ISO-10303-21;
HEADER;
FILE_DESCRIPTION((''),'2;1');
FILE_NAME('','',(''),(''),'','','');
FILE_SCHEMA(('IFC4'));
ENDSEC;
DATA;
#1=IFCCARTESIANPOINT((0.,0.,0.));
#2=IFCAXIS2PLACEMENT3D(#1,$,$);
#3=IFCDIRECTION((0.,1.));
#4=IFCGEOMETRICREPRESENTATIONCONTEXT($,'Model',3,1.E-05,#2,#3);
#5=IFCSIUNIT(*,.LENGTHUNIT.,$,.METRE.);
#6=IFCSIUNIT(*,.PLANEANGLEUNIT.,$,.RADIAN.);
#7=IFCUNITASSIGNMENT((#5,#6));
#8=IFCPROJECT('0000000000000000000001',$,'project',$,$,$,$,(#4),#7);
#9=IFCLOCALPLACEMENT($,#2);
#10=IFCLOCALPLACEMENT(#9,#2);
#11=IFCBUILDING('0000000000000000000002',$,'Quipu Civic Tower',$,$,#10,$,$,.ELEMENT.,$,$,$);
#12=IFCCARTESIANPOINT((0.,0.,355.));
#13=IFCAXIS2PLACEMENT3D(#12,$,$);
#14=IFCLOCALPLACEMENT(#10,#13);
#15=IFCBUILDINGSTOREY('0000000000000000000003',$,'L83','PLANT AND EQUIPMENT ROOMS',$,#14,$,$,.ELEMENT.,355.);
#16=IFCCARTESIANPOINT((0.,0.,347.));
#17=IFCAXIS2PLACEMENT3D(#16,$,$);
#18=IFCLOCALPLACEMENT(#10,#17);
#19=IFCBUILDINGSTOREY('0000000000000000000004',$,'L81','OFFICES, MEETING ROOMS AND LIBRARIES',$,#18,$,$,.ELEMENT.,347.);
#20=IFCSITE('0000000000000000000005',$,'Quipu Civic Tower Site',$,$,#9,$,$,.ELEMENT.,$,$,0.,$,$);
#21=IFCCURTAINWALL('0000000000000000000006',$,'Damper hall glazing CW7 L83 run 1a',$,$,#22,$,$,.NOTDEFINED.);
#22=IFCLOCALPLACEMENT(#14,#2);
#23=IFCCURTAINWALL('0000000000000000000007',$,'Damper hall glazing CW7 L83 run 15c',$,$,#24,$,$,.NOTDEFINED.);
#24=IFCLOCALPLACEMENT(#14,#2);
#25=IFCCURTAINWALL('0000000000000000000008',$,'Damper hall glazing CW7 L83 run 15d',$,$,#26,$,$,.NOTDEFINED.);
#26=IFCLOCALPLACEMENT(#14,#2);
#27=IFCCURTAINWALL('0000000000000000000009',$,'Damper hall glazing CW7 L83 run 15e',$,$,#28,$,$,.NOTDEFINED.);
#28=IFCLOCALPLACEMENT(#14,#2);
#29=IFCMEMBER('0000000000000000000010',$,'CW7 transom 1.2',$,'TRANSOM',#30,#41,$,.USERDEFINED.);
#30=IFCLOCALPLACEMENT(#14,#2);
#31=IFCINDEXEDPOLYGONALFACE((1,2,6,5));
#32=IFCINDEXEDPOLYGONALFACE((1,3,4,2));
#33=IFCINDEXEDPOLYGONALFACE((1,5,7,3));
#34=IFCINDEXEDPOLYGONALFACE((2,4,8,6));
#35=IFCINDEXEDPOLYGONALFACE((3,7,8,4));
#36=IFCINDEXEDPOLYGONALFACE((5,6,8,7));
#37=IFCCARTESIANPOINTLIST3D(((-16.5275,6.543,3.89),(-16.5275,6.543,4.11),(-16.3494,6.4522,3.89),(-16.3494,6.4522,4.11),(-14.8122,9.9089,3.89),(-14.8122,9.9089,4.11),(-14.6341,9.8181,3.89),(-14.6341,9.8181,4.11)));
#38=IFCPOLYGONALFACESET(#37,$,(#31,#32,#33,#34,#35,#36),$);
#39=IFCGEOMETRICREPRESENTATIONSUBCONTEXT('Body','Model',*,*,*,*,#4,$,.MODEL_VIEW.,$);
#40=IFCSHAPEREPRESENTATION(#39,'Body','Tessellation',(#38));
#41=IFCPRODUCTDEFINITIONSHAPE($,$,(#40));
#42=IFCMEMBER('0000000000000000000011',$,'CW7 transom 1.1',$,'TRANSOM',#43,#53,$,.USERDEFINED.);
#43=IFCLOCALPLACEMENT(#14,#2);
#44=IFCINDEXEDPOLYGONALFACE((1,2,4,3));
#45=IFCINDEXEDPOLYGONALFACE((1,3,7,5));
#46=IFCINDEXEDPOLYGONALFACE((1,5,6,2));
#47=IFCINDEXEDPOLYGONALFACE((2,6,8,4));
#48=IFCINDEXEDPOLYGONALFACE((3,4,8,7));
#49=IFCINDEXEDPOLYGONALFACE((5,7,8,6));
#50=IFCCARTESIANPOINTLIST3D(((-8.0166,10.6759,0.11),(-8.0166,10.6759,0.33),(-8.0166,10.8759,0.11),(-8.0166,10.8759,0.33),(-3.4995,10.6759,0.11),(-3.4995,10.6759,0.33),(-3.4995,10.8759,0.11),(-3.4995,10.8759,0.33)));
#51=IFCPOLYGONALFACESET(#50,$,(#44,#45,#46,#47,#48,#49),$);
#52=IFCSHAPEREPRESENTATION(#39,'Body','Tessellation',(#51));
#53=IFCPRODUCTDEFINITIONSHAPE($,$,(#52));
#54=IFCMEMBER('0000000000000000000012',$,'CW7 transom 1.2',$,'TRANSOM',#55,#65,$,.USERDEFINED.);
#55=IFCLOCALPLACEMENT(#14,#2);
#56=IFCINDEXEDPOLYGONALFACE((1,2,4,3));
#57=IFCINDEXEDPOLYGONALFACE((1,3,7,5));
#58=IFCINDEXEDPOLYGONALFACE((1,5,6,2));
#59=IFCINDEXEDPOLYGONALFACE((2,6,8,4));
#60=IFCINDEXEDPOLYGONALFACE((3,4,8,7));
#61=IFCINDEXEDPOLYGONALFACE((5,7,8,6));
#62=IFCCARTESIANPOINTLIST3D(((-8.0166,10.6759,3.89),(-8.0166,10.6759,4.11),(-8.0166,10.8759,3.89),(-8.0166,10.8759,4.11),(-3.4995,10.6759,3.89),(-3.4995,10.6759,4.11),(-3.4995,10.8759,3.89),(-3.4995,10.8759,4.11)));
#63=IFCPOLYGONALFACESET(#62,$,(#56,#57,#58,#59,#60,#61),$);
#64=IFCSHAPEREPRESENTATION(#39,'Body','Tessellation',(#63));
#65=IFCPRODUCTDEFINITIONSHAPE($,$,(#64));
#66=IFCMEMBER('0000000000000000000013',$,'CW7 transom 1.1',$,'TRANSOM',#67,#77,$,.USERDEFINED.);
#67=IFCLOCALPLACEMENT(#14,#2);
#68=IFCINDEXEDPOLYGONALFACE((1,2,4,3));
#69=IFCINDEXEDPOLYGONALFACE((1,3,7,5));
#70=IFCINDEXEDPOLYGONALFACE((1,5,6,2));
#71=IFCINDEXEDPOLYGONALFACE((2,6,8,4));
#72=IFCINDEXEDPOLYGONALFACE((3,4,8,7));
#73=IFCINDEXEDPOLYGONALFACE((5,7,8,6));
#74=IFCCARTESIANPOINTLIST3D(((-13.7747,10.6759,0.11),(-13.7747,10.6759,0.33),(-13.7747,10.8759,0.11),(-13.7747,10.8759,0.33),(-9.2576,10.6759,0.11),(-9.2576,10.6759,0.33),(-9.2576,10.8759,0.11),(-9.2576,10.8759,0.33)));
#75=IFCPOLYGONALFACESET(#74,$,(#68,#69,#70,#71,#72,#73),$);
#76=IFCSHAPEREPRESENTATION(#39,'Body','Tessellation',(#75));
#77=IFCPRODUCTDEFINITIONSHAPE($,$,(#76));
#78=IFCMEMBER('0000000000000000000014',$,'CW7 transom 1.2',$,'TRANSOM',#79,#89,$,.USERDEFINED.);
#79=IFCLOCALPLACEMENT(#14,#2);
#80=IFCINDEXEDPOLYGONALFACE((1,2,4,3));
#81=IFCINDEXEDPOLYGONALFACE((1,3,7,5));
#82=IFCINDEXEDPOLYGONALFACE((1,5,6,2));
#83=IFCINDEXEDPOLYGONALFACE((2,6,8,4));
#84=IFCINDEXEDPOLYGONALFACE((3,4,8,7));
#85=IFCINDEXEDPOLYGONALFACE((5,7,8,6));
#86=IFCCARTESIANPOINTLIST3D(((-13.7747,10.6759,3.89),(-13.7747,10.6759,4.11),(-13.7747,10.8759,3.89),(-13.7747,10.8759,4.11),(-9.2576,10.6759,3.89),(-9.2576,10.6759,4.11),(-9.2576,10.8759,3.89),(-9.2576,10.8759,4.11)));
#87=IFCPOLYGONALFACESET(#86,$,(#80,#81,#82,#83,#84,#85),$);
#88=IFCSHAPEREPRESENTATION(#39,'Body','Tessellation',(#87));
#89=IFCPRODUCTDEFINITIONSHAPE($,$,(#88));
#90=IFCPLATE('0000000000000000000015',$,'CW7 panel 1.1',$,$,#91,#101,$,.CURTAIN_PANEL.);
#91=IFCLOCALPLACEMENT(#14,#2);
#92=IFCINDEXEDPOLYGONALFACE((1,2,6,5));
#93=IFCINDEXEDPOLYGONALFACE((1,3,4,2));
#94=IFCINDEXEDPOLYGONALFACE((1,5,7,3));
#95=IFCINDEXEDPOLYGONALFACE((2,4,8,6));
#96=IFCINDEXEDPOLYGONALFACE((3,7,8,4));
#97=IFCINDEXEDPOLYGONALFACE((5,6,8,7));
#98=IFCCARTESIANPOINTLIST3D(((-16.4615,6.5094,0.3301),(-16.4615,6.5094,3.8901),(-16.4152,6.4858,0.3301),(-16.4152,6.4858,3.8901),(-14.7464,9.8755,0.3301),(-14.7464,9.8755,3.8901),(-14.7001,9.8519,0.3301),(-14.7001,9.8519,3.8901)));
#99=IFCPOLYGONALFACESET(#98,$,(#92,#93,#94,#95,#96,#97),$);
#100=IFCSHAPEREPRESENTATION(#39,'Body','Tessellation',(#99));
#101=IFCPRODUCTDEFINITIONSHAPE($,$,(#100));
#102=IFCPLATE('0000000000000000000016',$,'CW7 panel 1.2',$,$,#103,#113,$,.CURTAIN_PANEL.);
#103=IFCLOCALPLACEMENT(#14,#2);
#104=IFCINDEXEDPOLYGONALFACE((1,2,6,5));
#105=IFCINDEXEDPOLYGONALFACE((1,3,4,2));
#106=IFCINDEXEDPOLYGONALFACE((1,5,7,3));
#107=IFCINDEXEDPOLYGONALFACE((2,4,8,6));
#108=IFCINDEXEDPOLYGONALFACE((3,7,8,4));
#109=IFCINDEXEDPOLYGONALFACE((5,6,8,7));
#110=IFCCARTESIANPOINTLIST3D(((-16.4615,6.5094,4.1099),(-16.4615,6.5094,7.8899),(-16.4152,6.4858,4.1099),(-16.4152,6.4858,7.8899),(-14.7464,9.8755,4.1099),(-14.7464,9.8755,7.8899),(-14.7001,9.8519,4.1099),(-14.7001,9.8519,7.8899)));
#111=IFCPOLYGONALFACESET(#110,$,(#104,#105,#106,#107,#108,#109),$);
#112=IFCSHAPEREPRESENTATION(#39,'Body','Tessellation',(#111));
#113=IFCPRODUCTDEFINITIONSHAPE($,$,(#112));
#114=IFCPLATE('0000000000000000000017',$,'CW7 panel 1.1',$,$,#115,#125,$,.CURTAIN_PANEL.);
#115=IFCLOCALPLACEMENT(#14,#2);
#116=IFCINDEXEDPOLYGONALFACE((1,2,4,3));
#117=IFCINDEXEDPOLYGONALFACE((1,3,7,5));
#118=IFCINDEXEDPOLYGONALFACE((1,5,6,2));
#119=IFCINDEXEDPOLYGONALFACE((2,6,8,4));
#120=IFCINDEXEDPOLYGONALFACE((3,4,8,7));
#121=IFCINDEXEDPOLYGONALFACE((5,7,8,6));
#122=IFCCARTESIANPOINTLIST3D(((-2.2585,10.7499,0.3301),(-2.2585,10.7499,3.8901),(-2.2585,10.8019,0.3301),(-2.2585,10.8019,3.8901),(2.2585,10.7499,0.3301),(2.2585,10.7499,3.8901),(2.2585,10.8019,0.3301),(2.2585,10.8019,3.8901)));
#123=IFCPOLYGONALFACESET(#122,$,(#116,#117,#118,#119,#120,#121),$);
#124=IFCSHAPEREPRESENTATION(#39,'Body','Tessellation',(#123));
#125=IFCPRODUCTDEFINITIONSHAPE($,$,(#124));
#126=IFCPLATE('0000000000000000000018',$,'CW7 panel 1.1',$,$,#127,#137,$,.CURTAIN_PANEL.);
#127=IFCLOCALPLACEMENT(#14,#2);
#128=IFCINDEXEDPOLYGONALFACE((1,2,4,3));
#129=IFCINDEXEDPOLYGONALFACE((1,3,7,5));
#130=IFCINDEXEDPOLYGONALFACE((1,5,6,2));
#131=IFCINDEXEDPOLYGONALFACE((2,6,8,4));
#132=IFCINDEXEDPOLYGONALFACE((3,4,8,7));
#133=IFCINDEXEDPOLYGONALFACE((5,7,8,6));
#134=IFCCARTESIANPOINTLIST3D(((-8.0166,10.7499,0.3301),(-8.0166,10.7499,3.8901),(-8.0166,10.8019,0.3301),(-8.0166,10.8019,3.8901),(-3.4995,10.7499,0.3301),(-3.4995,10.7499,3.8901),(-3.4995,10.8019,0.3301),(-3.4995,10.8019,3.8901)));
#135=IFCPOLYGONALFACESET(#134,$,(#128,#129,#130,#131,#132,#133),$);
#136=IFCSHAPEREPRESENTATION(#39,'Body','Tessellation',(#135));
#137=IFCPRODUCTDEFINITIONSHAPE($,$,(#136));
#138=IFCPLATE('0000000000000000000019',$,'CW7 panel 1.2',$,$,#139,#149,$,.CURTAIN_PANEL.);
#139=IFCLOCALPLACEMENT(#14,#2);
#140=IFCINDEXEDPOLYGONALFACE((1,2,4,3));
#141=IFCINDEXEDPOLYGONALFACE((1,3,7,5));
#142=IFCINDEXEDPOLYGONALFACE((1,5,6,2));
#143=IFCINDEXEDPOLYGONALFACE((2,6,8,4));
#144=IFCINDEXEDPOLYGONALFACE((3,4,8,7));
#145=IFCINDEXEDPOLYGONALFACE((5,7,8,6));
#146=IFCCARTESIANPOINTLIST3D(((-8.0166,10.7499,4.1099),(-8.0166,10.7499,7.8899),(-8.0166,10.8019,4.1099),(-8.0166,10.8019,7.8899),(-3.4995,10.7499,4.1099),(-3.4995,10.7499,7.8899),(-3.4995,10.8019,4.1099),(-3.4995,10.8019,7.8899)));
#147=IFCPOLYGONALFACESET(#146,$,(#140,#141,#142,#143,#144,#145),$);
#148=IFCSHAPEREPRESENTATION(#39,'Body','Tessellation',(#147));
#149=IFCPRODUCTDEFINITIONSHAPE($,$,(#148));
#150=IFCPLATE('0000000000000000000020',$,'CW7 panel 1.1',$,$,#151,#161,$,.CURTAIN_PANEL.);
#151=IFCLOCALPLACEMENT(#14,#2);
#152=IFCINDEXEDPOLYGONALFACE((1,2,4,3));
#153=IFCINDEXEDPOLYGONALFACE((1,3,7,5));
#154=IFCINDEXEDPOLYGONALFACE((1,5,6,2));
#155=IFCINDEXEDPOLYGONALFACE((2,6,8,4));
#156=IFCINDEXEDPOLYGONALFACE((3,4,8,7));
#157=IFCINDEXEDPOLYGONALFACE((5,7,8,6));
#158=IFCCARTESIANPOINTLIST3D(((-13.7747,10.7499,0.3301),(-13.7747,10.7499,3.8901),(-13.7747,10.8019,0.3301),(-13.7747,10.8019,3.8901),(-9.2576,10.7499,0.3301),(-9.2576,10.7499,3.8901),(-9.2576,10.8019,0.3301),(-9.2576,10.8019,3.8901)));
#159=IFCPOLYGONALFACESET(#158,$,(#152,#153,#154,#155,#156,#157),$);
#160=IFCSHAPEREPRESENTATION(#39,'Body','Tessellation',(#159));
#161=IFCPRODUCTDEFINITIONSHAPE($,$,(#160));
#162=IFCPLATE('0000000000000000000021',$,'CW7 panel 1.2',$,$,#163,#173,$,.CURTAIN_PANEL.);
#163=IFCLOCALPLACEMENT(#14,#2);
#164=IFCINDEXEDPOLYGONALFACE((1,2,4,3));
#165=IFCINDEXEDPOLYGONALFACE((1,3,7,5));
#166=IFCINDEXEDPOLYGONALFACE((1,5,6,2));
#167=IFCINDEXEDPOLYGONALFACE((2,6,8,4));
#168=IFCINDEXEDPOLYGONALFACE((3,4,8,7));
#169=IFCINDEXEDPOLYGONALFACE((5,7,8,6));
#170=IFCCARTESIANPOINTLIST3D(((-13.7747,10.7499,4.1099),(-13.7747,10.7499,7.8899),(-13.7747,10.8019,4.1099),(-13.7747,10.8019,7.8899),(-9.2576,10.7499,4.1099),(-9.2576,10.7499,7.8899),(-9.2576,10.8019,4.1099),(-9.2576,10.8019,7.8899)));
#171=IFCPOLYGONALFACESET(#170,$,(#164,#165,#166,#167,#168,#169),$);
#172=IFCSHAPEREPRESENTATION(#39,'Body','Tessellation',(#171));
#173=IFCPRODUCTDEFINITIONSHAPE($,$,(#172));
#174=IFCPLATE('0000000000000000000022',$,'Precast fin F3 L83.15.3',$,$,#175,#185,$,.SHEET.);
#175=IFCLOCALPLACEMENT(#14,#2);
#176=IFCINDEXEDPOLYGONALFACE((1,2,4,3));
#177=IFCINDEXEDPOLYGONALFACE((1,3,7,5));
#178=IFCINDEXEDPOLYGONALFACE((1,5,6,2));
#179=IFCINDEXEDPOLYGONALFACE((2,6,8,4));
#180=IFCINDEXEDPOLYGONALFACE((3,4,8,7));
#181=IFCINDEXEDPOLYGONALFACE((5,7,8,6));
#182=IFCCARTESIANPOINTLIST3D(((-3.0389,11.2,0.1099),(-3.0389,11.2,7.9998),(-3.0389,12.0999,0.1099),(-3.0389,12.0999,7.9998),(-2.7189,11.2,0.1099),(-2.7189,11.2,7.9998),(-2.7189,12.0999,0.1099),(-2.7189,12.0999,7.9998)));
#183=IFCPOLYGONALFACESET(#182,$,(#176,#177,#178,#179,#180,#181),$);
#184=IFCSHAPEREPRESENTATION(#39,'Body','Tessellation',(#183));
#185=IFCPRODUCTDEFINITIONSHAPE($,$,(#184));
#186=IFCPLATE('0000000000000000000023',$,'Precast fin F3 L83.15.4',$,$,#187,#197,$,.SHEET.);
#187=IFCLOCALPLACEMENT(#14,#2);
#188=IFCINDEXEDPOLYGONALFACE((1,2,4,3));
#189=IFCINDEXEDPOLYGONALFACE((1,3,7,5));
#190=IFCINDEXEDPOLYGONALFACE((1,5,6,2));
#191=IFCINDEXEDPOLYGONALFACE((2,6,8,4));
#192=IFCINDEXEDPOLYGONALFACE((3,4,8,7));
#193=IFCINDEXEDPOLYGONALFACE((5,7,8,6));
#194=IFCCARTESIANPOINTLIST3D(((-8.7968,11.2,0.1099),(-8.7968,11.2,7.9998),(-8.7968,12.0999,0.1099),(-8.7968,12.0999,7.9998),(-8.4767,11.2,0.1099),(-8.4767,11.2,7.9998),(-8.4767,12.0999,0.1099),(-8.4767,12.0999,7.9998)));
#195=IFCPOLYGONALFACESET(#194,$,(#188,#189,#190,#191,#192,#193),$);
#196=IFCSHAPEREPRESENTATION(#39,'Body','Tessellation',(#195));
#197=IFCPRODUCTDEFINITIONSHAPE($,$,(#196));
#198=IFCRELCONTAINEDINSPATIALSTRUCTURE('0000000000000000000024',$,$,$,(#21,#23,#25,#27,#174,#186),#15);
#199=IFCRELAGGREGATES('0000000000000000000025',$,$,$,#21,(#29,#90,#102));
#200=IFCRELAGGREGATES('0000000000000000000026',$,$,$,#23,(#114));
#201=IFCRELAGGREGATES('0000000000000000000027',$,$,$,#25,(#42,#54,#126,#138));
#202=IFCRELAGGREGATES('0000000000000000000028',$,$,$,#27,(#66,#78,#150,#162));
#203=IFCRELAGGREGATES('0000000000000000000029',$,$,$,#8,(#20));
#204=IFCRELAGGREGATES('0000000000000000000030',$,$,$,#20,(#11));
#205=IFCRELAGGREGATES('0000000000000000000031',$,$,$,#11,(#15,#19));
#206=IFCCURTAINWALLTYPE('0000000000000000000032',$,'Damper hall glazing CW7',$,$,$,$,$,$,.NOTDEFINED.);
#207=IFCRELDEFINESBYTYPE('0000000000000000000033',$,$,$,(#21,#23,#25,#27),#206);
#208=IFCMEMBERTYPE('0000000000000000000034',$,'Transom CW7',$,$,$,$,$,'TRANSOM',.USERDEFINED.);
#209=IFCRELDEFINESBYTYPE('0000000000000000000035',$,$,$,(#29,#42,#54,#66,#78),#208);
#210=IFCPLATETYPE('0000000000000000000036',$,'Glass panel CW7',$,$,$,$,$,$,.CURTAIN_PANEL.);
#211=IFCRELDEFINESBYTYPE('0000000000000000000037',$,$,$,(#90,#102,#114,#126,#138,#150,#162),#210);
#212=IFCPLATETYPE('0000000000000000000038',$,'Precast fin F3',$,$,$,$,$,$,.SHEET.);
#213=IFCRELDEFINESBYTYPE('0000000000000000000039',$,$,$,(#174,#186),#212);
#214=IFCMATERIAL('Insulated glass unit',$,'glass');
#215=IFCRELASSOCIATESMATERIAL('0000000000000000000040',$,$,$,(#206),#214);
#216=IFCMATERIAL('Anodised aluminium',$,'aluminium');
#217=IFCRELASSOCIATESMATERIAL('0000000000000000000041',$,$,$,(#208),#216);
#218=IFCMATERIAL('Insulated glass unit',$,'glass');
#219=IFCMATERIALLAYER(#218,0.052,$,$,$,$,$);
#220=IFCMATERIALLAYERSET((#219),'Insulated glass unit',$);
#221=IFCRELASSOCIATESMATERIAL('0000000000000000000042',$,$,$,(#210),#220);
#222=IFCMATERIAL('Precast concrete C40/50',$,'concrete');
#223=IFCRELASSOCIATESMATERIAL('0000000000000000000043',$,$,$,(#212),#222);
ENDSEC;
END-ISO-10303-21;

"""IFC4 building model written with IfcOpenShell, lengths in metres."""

from ifc_helpers import new_model, si_unit, direction, frame, origin, origin_2d, place, context, subcontext, project, spatial, rectangle, extrude, material, layer, layer_set, material_profile, profile_set, type_object, element, aggregate, save


model = new_model("IFC4")

# Units and contexts
model_context = context("Model", 3, precision=1e-05, world=origin(), true_north=direction((0.0, 1.0)))
body_context = subcontext(model_context, "Body", "Model", "MODEL_VIEW")
ifc_project = project(units=[si_unit("LENGTHUNIT", "METRE"), si_unit("PLANEANGLEUNIT", "RADIAN")], contexts=[model_context])

# Site, building, storey
site_placement = place(None, origin())
site = spatial("IfcSite", under=ifc_project, at=site_placement, Name="Quipu Civic Tower Site", CompositionType="ELEMENT", RefElevation=0.0)
building_placement = place(site_placement, origin())
building = spatial("IfcBuilding", under=site, at=building_placement, Name="Quipu Civic Tower", CompositionType="ELEMENT")
storey_1_placement = place(building_placement, frame((0.0, 0.0, 355.0)))
storey_1 = spatial("IfcBuildingStorey", under=building, at=storey_1_placement, Name="L83", Description="PLANT AND EQUIPMENT ROOMS", CompositionType="ELEMENT", Elevation=355.0)

# Curtain walls
ifc_material_1 = material(Name="Insulated glass unit", Category="glass")
curtain_wall_type_1 = type_object("IfcCurtainWallType", Name="Damper hall glazing CW7", PredefinedType="NOTDEFINED", material=ifc_material_1)
curtain_wall_1_placement = place(storey_1_placement, origin())
curtain_wall_1 = element("IfcCurtainWall", 1, at=curtain_wall_1_placement, inside=storey_1, type_object=curtain_wall_type_1, Name="Damper hall glazing CW7 L83 run 1a", PredefinedType="NOTDEFINED")
curtain_wall_2_placement = place(storey_1_placement, origin())
curtain_wall_2 = element("IfcCurtainWall", 2, at=curtain_wall_2_placement, inside=storey_1, type_object=curtain_wall_type_1, Name="Damper hall glazing CW7 L83 run 15c", PredefinedType="NOTDEFINED")

# Curtain walls
curtain_wall_3_placement = place(storey_1_placement, origin())
curtain_wall_3 = element("IfcCurtainWall", 3, at=curtain_wall_3_placement, inside=storey_1, type_object=curtain_wall_type_1, Name="Damper hall glazing CW7 L83 run 15d", PredefinedType="NOTDEFINED")
curtain_wall_4_placement = place(storey_1_placement, origin())
curtain_wall_4 = element("IfcCurtainWall", 4, at=curtain_wall_4_placement, inside=storey_1, type_object=curtain_wall_type_1, Name="Damper hall glazing CW7 L83 run 15e", PredefinedType="NOTDEFINED")

# Shared definitions
storey_2_placement = place(building_placement, frame((0.0, 0.0, 347.0)))
storey_2 = spatial("IfcBuildingStorey", under=building, at=storey_2_placement, Name="L81", Description="OFFICES, MEETING ROOMS AND LIBRARIES", CompositionType="ELEMENT", Elevation=347.0)

# Members
ifc_material_2 = material(Name="Anodised aluminium", Category="aluminium")
ifc_material_profile_1 = material_profile(ifc_material_2, rectangle(XDim=0.2, YDim=0.22, at=origin_2d()), Name="RECT 200x220")
ifc_profile_set_1 = profile_set([ifc_material_profile_1], Name="Anodised aluminium")
member_type_1 = type_object("IfcMemberType", Name="Transom CW7", ElementType="TRANSOM", PredefinedType="USERDEFINED", material=ifc_profile_set_1)
member_1_placement = place(storey_1_placement, frame((-14.7231, 9.8635, 4.0), z_axis=(-0.454051, -0.890976, 0.0), x_axis=(0.890976, -0.454051, 0.0)))
member_1 = element("IfcMember", 5, at=member_1_placement, type_object=member_type_1, Name="CW7 transom 1.2", ObjectType="TRANSOM", PredefinedType="USERDEFINED", context=body_context, shape_type="SweptSolid", body=[
    extrude(rectangle(XDim=0.2, YDim=0.22, at=origin_2d()), origin(), (0.0, 0.0, 1.0), 3.7778),
])
member_2_placement = place(storey_1_placement, frame((-3.4995, 10.7759, 0.22), z_axis=(-1.0, 0.0, 0.0), x_axis=(0.0, -1.0, 0.0)))
member_2 = element("IfcMember", 6, at=member_2_placement, type_object=member_type_1, Name="CW7 transom 1.1", ObjectType="TRANSOM", PredefinedType="USERDEFINED", context=body_context, shape_type="SweptSolid", body=[
    extrude(rectangle(XDim=0.2, YDim=0.22, at=origin_2d()), origin(), (0.0, 0.0, 1.0), 4.5171),
])
member_3_placement = place(storey_1_placement, frame((-3.4995, 10.7759, 4.0), z_axis=(-1.0, 0.0, 0.0), x_axis=(0.0, -1.0, 0.0)))
member_3 = element("IfcMember", 7, at=member_3_placement, type_object=member_type_1, Name="CW7 transom 1.2", ObjectType="TRANSOM", PredefinedType="USERDEFINED", context=body_context, shape_type="SweptSolid", body=[
    extrude(rectangle(XDim=0.2, YDim=0.22, at=origin_2d()), origin(), (0.0, 0.0, 1.0), 4.5171),
])
member_4_placement = place(storey_1_placement, frame((-9.2576, 10.7759, 0.22), z_axis=(-1.0, 0.0, 0.0), x_axis=(0.0, -1.0, 0.0)))
member_4 = element("IfcMember", 8, at=member_4_placement, type_object=member_type_1, Name="CW7 transom 1.1", ObjectType="TRANSOM", PredefinedType="USERDEFINED", context=body_context, shape_type="SweptSolid", body=[
    extrude(rectangle(XDim=0.2, YDim=0.22, at=origin_2d()), origin(), (0.0, 0.0, 1.0), 4.5171),
])
member_5_placement = place(storey_1_placement, frame((-9.2576, 10.7759, 4.0), z_axis=(-1.0, 0.0, 0.0), x_axis=(0.0, -1.0, 0.0)))
member_5 = element("IfcMember", 9, at=member_5_placement, type_object=member_type_1, Name="CW7 transom 1.2", ObjectType="TRANSOM", PredefinedType="USERDEFINED", context=body_context, shape_type="SweptSolid", body=[
    extrude(rectangle(XDim=0.2, YDim=0.22, at=origin_2d()), origin(), (0.0, 0.0, 1.0), 4.5171),
])

# Plates
ifc_material_3 = material(Name="Insulated glass unit", Category="glass")
ifc_layer = layer(ifc_material_3, 0.052)
ifc_layer_set = layer_set([ifc_layer], Name="Insulated glass unit")
plate_type_1 = type_object("IfcPlateType", Name="Glass panel CW7", PredefinedType="CURTAIN_PANEL", material=ifc_layer_set)
plate_1_placement = place(storey_1_placement, frame((-15.5808, 8.1807, 0.3301), z_axis=(0.0, 0.0, 1.0), x_axis=(-0.453996, -0.891004, 0.0)))
plate_1 = element("IfcPlate", 10, at=plate_1_placement, type_object=plate_type_1, Name="CW7 panel 1.1", PredefinedType="CURTAIN_PANEL", context=body_context, shape_type="SweptSolid", body=[
    extrude(rectangle(XDim=3.7778, YDim=0.052, at=origin_2d()), origin(), (0.0, 0.0, 1.0), 3.5601),
])
plate_2_placement = place(storey_1_placement, frame((-15.5808, 8.1807, 4.1099), z_axis=(0.0, 0.0, 1.0), x_axis=(-0.453996, -0.891004, 0.0)))
plate_2 = element("IfcPlate", 11, at=plate_2_placement, type_object=plate_type_1, Name="CW7 panel 1.2", PredefinedType="CURTAIN_PANEL", context=body_context, shape_type="SweptSolid", body=[
    extrude(rectangle(XDim=3.7778, YDim=0.052, at=origin_2d()), origin(), (0.0, 0.0, 1.0), 3.78),
])
aggregate(curtain_wall_1, [member_1, plate_1, plate_2])
plate_3_placement = place(storey_1_placement, frame((0.0, 10.7759, 0.3301), z_axis=(0.0, 0.0, 1.0), x_axis=(-1.0, 0.0, 0.0)))
plate_3 = element("IfcPlate", 12, at=plate_3_placement, type_object=plate_type_1, Name="CW7 panel 1.1", PredefinedType="CURTAIN_PANEL", context=body_context, shape_type="SweptSolid", body=[
    extrude(rectangle(XDim=4.5171, YDim=0.052, at=origin_2d()), origin(), (0.0, 0.0, 1.0), 3.5601),
])
aggregate(curtain_wall_2, [plate_3])
plate_4_placement = place(storey_1_placement, frame((-5.7581, 10.7759, 0.3301), z_axis=(0.0, 0.0, 1.0), x_axis=(-1.0, 0.0, 0.0)))
plate_4 = element("IfcPlate", 13, at=plate_4_placement, type_object=plate_type_1, Name="CW7 panel 1.1", PredefinedType="CURTAIN_PANEL", context=body_context, shape_type="SweptSolid", body=[
    extrude(rectangle(XDim=4.5171, YDim=0.052, at=origin_2d()), origin(), (0.0, 0.0, 1.0), 3.5601),
])
plate_5_placement = place(storey_1_placement, frame((-5.7581, 10.7759, 4.1099), z_axis=(0.0, 0.0, 1.0), x_axis=(-1.0, 0.0, 0.0)))
plate_5 = element("IfcPlate", 14, at=plate_5_placement, type_object=plate_type_1, Name="CW7 panel 1.2", PredefinedType="CURTAIN_PANEL", context=body_context, shape_type="SweptSolid", body=[
    extrude(rectangle(XDim=4.5171, YDim=0.052, at=origin_2d()), origin(), (0.0, 0.0, 1.0), 3.78),
])
aggregate(curtain_wall_3, [member_2, member_3, plate_4, plate_5])
plate_6_placement = place(storey_1_placement, frame((-11.5161, 10.7759, 0.3301), z_axis=(0.0, 0.0, 1.0), x_axis=(-1.0, 0.0, 0.0)))
plate_6 = element("IfcPlate", 15, at=plate_6_placement, type_object=plate_type_1, Name="CW7 panel 1.1", PredefinedType="CURTAIN_PANEL", context=body_context, shape_type="SweptSolid", body=[
    extrude(rectangle(XDim=4.5171, YDim=0.052, at=origin_2d()), origin(), (0.0, 0.0, 1.0), 3.5601),
])
plate_7_placement = place(storey_1_placement, frame((-11.5161, 10.7759, 4.1099), z_axis=(0.0, 0.0, 1.0), x_axis=(-1.0, 0.0, 0.0)))
plate_7 = element("IfcPlate", 16, at=plate_7_placement, type_object=plate_type_1, Name="CW7 panel 1.2", PredefinedType="CURTAIN_PANEL", context=body_context, shape_type="SweptSolid", body=[
    extrude(rectangle(XDim=4.5171, YDim=0.052, at=origin_2d()), origin(), (0.0, 0.0, 1.0), 3.78),
])
aggregate(curtain_wall_4, [member_4, member_5, plate_6, plate_7])

# Plates
ifc_material_4 = material(Name="Precast concrete C40/50", Category="concrete")
plate_type_2 = type_object("IfcPlateType", Name="Precast fin F3", PredefinedType="SHEET", material=ifc_material_4)
for number, where, z_axis, x_axis, name in (
    (17, (-2.8789, 11.6499, 0.1099), (0.0, 0.0, 1.0), (-1.0, 0.0, 0.0), "Precast fin F3 L83.15.3"),
    (18, (-8.6367, 11.6499, 0.1099), (0.0, 0.0, 1.0), (-1.0, 0.0, 0.0), "Precast fin F3 L83.15.4"),
):
    element("IfcPlate", number, at=place(storey_1_placement, frame(where, z_axis=z_axis, x_axis=x_axis)), inside=storey_1, type_object=plate_type_2, Name=name, PredefinedType="SHEET", context=body_context, shape_type="SweptSolid", body=[
        extrude(rectangle(XDim=0.3201, YDim=0.8999, at=origin_2d()), origin(), (0.0, 0.0, 1.0), 7.8899),
    ])

save(model, "model.ifc")
